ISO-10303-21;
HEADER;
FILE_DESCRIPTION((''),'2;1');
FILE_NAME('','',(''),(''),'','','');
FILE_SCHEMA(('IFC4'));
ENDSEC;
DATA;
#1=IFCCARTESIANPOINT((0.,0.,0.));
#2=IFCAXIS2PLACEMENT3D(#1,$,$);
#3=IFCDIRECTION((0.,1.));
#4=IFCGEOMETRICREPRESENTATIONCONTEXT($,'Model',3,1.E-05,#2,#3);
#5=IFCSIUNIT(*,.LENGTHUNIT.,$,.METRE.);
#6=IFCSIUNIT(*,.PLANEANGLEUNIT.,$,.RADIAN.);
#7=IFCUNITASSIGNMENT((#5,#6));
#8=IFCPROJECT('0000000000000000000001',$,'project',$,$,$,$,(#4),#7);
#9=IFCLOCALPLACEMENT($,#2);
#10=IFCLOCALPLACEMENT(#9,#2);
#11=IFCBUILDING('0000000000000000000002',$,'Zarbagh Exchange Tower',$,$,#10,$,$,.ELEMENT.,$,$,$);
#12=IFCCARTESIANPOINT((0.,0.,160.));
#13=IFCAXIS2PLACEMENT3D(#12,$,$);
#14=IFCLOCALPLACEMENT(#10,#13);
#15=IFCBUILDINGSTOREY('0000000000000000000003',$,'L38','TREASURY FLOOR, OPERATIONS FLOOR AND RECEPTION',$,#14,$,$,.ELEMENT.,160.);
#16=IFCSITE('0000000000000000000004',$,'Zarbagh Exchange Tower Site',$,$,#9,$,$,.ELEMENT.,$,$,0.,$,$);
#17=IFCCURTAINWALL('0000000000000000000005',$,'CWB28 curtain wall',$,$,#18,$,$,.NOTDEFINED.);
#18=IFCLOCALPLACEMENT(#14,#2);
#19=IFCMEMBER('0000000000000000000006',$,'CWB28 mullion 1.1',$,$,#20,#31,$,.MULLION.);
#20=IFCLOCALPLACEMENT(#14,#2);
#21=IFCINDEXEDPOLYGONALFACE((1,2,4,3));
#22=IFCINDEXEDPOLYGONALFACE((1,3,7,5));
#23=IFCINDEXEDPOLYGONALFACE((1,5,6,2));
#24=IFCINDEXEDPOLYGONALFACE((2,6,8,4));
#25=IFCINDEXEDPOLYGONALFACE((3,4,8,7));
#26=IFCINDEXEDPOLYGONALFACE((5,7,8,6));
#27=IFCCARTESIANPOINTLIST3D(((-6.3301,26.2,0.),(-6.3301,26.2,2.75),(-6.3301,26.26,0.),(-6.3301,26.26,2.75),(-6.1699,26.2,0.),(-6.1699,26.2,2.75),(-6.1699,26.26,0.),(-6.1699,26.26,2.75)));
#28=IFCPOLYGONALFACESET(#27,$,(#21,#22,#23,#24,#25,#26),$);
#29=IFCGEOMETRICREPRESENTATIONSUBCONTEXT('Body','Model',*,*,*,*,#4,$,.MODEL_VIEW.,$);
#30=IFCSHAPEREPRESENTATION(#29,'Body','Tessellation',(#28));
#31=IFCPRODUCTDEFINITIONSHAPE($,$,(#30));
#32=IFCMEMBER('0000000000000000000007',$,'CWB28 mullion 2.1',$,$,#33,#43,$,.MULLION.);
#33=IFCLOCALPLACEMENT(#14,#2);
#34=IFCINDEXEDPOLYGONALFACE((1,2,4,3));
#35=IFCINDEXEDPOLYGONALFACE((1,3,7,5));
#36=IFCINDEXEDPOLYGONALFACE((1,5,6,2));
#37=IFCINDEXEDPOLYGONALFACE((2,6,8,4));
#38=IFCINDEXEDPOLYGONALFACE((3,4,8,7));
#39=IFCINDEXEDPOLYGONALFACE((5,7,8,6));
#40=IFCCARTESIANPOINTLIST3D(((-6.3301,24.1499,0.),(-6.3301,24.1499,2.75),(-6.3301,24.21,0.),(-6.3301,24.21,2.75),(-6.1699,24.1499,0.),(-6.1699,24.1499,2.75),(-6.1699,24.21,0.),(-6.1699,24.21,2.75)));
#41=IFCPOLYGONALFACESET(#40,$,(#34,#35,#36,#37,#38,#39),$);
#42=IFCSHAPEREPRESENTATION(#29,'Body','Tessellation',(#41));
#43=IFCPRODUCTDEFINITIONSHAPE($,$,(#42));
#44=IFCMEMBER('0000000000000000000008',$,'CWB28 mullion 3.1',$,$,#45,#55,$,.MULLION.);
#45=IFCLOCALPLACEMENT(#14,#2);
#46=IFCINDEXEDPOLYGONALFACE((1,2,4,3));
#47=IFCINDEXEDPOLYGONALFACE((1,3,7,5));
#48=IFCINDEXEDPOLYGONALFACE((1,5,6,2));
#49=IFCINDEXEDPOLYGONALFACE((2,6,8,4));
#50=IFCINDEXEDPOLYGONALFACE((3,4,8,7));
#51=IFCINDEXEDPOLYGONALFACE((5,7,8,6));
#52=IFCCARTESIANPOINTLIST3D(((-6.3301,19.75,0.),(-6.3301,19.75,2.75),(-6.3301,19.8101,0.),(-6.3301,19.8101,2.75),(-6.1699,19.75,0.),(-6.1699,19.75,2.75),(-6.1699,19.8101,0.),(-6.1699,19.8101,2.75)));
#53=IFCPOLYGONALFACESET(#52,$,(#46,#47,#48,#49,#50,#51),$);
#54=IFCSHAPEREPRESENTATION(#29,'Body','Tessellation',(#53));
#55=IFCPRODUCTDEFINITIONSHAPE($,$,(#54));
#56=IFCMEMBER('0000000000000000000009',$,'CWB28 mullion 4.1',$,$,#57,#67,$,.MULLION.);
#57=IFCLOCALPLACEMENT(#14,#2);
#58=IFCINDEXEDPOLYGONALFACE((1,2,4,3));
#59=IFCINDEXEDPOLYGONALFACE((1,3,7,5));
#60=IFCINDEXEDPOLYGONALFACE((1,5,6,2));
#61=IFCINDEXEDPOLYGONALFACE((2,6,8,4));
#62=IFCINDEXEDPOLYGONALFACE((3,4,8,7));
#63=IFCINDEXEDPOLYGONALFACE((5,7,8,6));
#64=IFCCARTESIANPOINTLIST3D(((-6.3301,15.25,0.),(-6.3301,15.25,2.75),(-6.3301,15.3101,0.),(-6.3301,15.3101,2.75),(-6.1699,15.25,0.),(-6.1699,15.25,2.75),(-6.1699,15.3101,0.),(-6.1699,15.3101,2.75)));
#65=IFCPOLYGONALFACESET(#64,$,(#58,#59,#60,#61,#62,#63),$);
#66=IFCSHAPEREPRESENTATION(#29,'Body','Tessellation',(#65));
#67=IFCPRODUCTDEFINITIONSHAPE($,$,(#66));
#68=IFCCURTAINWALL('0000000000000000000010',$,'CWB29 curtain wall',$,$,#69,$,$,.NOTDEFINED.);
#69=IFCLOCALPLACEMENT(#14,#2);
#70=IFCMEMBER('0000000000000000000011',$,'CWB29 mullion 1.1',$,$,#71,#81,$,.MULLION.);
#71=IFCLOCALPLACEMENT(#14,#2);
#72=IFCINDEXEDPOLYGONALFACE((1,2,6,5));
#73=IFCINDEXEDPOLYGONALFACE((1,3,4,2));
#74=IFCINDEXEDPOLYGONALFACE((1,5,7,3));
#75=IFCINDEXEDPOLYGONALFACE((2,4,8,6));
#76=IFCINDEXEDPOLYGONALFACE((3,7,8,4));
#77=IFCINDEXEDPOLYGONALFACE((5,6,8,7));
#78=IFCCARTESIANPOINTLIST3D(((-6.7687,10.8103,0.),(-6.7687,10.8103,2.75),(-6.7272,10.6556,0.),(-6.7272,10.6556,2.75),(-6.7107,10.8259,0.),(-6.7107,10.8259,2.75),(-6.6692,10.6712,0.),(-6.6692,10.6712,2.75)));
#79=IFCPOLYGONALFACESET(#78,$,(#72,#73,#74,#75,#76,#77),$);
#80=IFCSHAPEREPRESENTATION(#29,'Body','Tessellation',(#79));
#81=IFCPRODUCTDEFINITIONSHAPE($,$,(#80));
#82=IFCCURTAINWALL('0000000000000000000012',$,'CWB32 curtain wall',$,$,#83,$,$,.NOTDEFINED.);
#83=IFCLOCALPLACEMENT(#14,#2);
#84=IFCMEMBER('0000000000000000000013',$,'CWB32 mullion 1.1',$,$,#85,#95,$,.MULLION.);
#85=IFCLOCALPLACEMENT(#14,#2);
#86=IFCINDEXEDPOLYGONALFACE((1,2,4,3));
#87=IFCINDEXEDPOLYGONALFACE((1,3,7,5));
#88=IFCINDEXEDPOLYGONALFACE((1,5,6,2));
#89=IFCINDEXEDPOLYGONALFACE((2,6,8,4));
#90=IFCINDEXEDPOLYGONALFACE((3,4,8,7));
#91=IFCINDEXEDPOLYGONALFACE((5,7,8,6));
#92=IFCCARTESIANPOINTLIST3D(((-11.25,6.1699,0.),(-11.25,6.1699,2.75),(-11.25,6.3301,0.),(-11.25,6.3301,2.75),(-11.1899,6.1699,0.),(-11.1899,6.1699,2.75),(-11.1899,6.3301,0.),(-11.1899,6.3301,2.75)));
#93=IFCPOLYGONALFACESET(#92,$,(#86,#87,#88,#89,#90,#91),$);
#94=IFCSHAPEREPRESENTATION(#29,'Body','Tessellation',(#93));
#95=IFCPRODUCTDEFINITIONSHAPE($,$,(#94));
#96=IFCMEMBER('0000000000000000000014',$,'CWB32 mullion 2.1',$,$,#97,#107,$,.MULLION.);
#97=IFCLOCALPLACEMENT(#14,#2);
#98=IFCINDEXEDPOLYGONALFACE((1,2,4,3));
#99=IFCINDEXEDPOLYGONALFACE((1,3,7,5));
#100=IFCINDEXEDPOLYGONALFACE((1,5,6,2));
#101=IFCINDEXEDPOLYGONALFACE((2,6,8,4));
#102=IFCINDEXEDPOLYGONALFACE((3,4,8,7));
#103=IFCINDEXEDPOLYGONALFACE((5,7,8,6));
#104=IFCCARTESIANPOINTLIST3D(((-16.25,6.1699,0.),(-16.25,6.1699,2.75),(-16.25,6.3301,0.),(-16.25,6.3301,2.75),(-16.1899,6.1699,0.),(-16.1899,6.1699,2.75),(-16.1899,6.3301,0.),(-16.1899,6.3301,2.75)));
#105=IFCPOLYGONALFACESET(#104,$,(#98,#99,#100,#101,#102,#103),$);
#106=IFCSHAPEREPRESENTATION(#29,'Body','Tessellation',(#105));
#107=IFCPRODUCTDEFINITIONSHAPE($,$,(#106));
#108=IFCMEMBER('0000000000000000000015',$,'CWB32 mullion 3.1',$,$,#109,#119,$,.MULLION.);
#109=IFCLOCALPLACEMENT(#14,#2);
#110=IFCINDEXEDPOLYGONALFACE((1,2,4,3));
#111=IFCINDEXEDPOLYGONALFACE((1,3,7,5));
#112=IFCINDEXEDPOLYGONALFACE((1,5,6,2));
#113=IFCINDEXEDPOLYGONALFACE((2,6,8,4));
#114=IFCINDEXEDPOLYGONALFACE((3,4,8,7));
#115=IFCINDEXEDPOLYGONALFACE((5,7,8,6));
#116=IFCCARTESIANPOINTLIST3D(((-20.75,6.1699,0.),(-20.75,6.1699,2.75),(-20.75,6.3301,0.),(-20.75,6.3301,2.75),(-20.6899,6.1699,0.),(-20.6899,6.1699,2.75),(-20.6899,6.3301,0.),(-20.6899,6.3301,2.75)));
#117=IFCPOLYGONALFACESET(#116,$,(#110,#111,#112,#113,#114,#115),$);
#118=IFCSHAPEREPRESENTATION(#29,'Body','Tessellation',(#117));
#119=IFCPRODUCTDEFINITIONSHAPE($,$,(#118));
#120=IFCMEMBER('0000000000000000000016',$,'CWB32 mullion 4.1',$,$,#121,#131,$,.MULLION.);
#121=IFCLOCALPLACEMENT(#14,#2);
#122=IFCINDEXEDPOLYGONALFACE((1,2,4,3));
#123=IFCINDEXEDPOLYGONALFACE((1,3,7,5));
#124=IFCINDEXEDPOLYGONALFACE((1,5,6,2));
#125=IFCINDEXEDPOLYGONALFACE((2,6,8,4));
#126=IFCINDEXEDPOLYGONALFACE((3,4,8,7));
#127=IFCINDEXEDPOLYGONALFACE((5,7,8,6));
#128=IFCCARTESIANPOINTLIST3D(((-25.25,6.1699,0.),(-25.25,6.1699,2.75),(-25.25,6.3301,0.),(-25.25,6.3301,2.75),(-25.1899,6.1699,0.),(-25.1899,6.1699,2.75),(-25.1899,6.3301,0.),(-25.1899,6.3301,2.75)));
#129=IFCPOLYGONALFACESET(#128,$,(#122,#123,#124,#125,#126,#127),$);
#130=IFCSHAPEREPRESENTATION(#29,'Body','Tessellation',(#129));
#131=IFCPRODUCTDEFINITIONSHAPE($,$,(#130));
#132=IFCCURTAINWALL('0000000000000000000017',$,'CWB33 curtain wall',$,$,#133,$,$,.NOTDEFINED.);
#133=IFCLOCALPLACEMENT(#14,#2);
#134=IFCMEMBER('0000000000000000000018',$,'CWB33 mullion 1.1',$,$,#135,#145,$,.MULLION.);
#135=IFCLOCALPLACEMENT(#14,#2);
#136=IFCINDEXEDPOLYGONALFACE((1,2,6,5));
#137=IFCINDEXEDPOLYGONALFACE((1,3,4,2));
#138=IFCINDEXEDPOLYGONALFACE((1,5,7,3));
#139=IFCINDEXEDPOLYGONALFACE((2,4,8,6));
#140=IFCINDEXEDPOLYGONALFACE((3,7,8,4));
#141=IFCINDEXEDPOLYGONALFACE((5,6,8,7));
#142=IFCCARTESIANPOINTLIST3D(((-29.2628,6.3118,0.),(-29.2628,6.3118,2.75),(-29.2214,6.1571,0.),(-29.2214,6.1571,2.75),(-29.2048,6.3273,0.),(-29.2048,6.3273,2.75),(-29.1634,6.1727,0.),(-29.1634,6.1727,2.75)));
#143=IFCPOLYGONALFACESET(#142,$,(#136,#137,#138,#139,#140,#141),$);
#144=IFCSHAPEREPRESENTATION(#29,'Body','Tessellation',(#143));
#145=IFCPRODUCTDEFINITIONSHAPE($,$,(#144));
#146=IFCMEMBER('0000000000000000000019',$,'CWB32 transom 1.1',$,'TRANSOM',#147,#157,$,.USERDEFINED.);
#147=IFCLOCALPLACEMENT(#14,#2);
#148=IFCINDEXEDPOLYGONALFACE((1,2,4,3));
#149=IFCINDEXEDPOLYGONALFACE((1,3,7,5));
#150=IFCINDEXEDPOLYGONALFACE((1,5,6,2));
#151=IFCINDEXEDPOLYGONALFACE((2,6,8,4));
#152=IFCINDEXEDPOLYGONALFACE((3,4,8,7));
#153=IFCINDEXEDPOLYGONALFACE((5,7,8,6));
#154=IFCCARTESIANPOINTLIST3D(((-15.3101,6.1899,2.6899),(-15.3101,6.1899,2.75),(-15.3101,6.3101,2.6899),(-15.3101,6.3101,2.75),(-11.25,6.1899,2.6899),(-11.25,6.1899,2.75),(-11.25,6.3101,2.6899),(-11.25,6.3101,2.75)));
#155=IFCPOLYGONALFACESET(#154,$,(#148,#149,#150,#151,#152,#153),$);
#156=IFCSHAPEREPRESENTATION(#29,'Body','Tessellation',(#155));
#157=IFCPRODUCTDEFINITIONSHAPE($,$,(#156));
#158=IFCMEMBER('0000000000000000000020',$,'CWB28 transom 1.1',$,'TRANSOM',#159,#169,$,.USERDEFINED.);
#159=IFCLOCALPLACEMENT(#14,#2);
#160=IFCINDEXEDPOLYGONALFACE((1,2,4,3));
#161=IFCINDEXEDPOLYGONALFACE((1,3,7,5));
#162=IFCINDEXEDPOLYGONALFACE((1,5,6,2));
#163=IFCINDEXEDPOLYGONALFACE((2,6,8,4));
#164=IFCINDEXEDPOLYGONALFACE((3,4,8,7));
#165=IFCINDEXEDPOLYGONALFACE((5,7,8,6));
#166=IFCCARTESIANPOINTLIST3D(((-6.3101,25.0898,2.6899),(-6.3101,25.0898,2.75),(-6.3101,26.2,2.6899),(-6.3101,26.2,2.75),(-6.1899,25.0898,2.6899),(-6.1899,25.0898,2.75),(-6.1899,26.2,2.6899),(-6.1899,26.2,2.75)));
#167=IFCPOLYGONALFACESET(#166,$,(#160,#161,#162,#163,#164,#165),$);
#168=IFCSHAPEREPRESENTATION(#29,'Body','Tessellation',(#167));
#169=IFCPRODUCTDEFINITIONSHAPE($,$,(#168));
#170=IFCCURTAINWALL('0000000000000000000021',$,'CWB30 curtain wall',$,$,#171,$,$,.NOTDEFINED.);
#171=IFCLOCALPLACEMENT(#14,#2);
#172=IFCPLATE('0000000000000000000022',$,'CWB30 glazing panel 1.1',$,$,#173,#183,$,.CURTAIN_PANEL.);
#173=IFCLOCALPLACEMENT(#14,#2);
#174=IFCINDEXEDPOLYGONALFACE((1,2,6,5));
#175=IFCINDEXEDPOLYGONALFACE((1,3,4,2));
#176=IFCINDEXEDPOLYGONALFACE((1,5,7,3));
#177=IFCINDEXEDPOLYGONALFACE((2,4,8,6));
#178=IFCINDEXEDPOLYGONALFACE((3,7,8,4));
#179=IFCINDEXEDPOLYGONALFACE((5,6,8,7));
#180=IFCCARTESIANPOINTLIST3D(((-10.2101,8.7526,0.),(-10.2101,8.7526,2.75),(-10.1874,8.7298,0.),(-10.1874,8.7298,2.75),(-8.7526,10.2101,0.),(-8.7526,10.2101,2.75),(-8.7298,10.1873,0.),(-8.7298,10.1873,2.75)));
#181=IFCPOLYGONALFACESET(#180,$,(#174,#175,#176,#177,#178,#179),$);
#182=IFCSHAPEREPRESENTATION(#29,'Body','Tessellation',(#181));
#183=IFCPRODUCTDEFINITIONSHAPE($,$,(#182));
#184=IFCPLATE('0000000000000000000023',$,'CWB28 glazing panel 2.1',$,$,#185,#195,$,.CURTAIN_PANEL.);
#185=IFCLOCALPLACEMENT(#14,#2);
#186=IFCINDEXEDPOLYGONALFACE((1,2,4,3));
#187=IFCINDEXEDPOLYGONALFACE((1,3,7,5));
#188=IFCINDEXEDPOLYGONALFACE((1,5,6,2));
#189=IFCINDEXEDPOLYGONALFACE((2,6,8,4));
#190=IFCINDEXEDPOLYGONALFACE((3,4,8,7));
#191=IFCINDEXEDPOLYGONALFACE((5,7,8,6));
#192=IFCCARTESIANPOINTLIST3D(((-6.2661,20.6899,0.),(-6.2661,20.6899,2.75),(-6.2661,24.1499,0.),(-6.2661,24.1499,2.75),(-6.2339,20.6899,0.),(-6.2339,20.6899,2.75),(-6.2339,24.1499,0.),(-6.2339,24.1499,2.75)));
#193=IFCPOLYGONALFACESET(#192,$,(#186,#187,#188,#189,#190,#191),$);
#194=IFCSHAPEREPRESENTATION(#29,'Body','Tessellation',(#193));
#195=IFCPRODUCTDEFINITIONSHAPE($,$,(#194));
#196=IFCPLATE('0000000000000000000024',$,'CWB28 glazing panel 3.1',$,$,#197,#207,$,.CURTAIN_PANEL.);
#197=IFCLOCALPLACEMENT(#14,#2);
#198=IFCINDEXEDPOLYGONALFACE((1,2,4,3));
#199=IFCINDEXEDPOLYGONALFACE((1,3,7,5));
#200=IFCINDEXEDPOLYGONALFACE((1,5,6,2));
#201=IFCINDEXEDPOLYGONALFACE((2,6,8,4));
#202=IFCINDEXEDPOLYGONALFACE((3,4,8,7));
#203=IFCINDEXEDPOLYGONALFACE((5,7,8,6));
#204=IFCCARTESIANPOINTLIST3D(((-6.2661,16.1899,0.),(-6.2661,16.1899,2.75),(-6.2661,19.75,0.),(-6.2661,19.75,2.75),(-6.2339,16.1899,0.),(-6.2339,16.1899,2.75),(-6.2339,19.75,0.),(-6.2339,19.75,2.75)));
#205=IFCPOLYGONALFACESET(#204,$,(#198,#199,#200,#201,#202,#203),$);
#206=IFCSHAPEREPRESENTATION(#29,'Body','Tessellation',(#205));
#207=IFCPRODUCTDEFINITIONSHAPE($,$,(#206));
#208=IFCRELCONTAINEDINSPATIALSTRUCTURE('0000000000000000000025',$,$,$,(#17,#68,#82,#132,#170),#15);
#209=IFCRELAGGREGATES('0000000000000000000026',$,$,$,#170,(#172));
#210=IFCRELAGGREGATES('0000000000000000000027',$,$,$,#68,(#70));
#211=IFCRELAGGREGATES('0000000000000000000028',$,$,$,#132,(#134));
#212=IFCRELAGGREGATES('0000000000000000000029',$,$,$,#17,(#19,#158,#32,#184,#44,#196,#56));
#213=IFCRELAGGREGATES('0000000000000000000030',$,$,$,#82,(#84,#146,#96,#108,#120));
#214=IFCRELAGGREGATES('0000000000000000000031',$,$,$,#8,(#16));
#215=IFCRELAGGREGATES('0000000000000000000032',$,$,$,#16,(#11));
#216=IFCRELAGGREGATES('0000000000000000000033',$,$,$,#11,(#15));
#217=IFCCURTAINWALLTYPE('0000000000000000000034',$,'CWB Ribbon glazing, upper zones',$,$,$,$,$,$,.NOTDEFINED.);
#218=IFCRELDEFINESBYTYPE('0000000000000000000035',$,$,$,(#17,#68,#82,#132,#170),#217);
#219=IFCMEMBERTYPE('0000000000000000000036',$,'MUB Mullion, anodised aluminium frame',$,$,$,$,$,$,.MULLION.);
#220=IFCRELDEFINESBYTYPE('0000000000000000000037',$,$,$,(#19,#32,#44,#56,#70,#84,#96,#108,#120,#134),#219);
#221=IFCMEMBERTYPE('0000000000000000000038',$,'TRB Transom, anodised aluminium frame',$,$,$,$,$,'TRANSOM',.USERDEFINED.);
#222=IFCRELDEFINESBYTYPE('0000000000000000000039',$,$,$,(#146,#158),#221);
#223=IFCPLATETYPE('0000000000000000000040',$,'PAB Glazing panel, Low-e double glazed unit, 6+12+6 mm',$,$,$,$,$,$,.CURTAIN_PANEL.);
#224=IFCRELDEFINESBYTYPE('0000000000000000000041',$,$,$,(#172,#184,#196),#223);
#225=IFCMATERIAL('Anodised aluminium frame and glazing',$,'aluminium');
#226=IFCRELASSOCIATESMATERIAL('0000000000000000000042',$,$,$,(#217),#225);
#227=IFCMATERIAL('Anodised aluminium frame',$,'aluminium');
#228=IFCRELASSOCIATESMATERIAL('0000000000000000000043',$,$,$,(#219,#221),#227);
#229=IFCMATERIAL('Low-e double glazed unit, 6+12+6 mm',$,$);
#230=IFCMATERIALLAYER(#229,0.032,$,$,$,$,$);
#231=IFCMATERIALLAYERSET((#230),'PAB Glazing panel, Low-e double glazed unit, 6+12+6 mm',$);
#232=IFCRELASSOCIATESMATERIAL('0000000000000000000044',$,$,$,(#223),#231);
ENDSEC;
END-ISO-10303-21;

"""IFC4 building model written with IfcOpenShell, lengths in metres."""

from ifc_helpers import new_model, si_unit, direction, frame, origin, place, context, subcontext, project, spatial, polyline, outline, extrude, source, transform, mapped, material, layer, layer_set, type_object, element, aggregate, save


model = new_model("IFC4")

# Units and contexts
model_context = context("Model", 3, precision=1e-05, world=origin(), true_north=direction((0.0, 1.0)))
body_context = subcontext(model_context, "Body", "Model", "MODEL_VIEW")
ifc_project = project(units=[si_unit("LENGTHUNIT", "METRE"), si_unit("PLANEANGLEUNIT", "RADIAN")], contexts=[model_context])

# Site, building, storey
site_placement = place(None, origin())
site = spatial("IfcSite", under=ifc_project, at=site_placement, Name="Zarbagh Exchange Tower Site", CompositionType="ELEMENT", RefElevation=0.0)
building_placement = place(site_placement, origin())
building = spatial("IfcBuilding", under=site, at=building_placement, Name="Zarbagh Exchange Tower", CompositionType="ELEMENT")
storey_placement = place(building_placement, frame((0.0, 0.0, 160.0)))
storey = spatial("IfcBuildingStorey", under=building, at=storey_placement, Name="L38", Description="TREASURY FLOOR, OPERATIONS FLOOR AND RECEPTION", CompositionType="ELEMENT", Elevation=160.0)

# Curtain wall, members
ifc_material_1 = material(Name="Anodised aluminium frame and glazing", Category="aluminium")
curtain_wall_type = type_object("IfcCurtainWallType", Name="CWB Ribbon glazing, upper zones", PredefinedType="NOTDEFINED", material=ifc_material_1)
curtain_wall_1_placement = place(storey_placement, origin())
curtain_wall_1 = element("IfcCurtainWall", 1, at=curtain_wall_1_placement, inside=storey, type_object=curtain_wall_type, Name="CWB28 curtain wall", PredefinedType="NOTDEFINED")
ifc_material_2 = material(Name="Anodised aluminium frame", Category="aluminium")
member_type_1 = type_object("IfcMemberType", Name="MUB Mullion, anodised aluminium frame", PredefinedType="MULLION", material=ifc_material_2)
shared_shape_1 = source(origin(), body_context, "Body", "SweptSolid", [
    extrude(outline(polyline([(0.0, -0.0801), (0.0601, -0.0801), (0.0601, 0.0801), (0.0, 0.0801), (0.0, -0.0801)])), origin(), (0.0, 0.0, 1.0), 2.75),
])
placement = place(storey_placement, origin())
member_1 = element("IfcMember", 2, at=placement, type_object=member_type_1, Name="CWB28 mullion 1.1", PredefinedType="MULLION", context=body_context, shape_type="MappedRepresentation", body=[
    mapped(shared_shape_1, transform((-6.25, 26.26, 0.0), x_axis=(0.0, -1.0, 0.0), y_axis=(1.0, 0.0, 0.0), z_axis=(0.0, 0.0, 1.0))),
])
member_2 = element("IfcMember", 3, at=placement, type_object=member_type_1, Name="CWB28 mullion 2.1", PredefinedType="MULLION", context=body_context, shape_type="MappedRepresentation", body=[
    mapped(shared_shape_1, transform((-6.25, 24.21, 0.0), x_axis=(0.0, -1.0, 0.0), y_axis=(1.0, 0.0, 0.0), z_axis=(0.0, 0.0, 1.0))),
])
member_3 = element("IfcMember", 4, at=placement, type_object=member_type_1, Name="CWB28 mullion 3.1", PredefinedType="MULLION", context=body_context, shape_type="MappedRepresentation", body=[
    mapped(shared_shape_1, transform((-6.25, 19.8101, 0.0), x_axis=(0.0, -1.0, 0.0), y_axis=(1.0, 0.0, 0.0), z_axis=(0.0, 0.0, 1.0))),
])
member_4 = element("IfcMember", 5, at=placement, type_object=member_type_1, Name="CWB28 mullion 4.1", PredefinedType="MULLION", context=body_context, shape_type="MappedRepresentation", body=[
    mapped(shared_shape_1, transform((-6.25, 15.3101, 0.0), x_axis=(0.0, -1.0, 0.0), y_axis=(1.0, 0.0, 0.0), z_axis=(0.0, 0.0, 1.0))),
])

# Curtain wall, member
curtain_wall_2_placement = place(storey_placement, origin())
curtain_wall_2 = element("IfcCurtainWall", 6, at=curtain_wall_2_placement, inside=storey, type_object=curtain_wall_type, Name="CWB29 curtain wall", PredefinedType="NOTDEFINED")
member_5 = element("IfcMember", 7, at=placement, type_object=member_type_1, Name="CWB29 mullion 1.1", PredefinedType="MULLION", context=body_context, shape_type="MappedRepresentation", body=[
    mapped(shared_shape_1, transform((-6.6899, 10.7485, 0.0), x_axis=(-0.965924, -0.258825, 0.0), y_axis=(0.258825, -0.965924, 0.0), z_axis=(0.0, 0.0, 1.0))),
])

# Curtain wall, members
curtain_wall_3_placement = place(storey_placement, origin())
curtain_wall_3 = element("IfcCurtainWall", 8, at=curtain_wall_3_placement, inside=storey, type_object=curtain_wall_type, Name="CWB32 curtain wall", PredefinedType="NOTDEFINED")
member_6 = element("IfcMember", 9, at=placement, type_object=member_type_1, Name="CWB32 mullion 1.1", PredefinedType="MULLION", context=body_context, shape_type="MappedRepresentation", body=[
    mapped(shared_shape_1, transform((-11.1899, 6.25, 0.0), x_axis=(-1.0, 0.0, 0.0), y_axis=(0.0, -1.0, 0.0), z_axis=(0.0, 0.0, 1.0))),
])
member_7 = element("IfcMember", 10, at=placement, type_object=member_type_1, Name="CWB32 mullion 2.1", PredefinedType="MULLION", context=body_context, shape_type="MappedRepresentation", body=[
    mapped(shared_shape_1, transform((-16.1899, 6.25, 0.0), x_axis=(-1.0, 0.0, 0.0), y_axis=(0.0, -1.0, 0.0), z_axis=(0.0, 0.0, 1.0))),
])
member_8 = element("IfcMember", 11, at=placement, type_object=member_type_1, Name="CWB32 mullion 3.1", PredefinedType="MULLION", context=body_context, shape_type="MappedRepresentation", body=[
    mapped(shared_shape_1, transform((-20.6899, 6.25, 0.0), x_axis=(-1.0, 0.0, 0.0), y_axis=(0.0, -1.0, 0.0), z_axis=(0.0, 0.0, 1.0))),
])
member_9 = element("IfcMember", 12, at=placement, type_object=member_type_1, Name="CWB32 mullion 4.1", PredefinedType="MULLION", context=body_context, shape_type="MappedRepresentation", body=[
    mapped(shared_shape_1, transform((-25.1899, 6.25, 0.0), x_axis=(-1.0, 0.0, 0.0), y_axis=(0.0, -1.0, 0.0), z_axis=(0.0, 0.0, 1.0))),
])

# Curtain wall, member
curtain_wall_4_placement = place(storey_placement, origin())
curtain_wall_4 = element("IfcCurtainWall", 13, at=curtain_wall_4_placement, inside=storey, type_object=curtain_wall_type, Name="CWB33 curtain wall", PredefinedType="NOTDEFINED")
member_10 = element("IfcMember", 14, at=placement, type_object=member_type_1, Name="CWB33 mullion 1.1", PredefinedType="MULLION", context=body_context, shape_type="MappedRepresentation", body=[
    mapped(shared_shape_1, transform((-29.1841, 6.25, 0.0), x_axis=(-0.965924, -0.258825, 0.0), y_axis=(0.258825, -0.965924, 0.0), z_axis=(0.0, 0.0, 1.0))),
])

# Members
member_type_2 = type_object("IfcMemberType", Name="TRB Transom, anodised aluminium frame", ElementType="TRANSOM", PredefinedType="USERDEFINED", material=ifc_material_2)
shared_shape_2 = source(origin(), body_context, "Body", "SweptSolid", [
    extrude(outline(polyline([(-0.0601, -0.0601), (0.0, -0.0601), (0.0, 0.0601), (-0.0601, 0.0601), (-0.0601, -0.0601)])), origin(), (0.0, 0.0, 1.0), 4.0601),
])
member_11 = element("IfcMember", 15, at=placement, type_object=member_type_2, Name="CWB32 transom 1.1", ObjectType="TRANSOM", PredefinedType="USERDEFINED", context=body_context, shape_type="MappedRepresentation", body=[
    mapped(shared_shape_2, transform((-11.25, 6.25, 2.75), x_axis=(0.0, 0.0, 1.0), y_axis=(0.0, 1.0, 0.0), z_axis=(-1.0, 0.0, 0.0))),
])
shared_shape_3 = source(origin(), body_context, "Body", "SweptSolid", [
    extrude(outline(polyline([(-0.0601, -0.0601), (0.0, -0.0601), (0.0, 0.0601), (-0.0601, 0.0601), (-0.0601, -0.0601)])), origin(), (0.0, 0.0, 1.0), 1.1101),
])
member_12 = element("IfcMember", 16, at=placement, type_object=member_type_2, Name="CWB28 transom 1.1", ObjectType="TRANSOM", PredefinedType="USERDEFINED", context=body_context, shape_type="MappedRepresentation", body=[
    mapped(shared_shape_3, transform((-6.25, 26.2, 2.75), x_axis=(0.0, 0.0, 1.0), y_axis=(-1.0, 0.0, 0.0), z_axis=(0.0, -1.0, 0.0))),
])

# Curtain wall, plate
curtain_wall_5_placement = place(storey_placement, origin())
curtain_wall_5 = element("IfcCurtainWall", 17, at=curtain_wall_5_placement, inside=storey, type_object=curtain_wall_type, Name="CWB30 curtain wall", PredefinedType="NOTDEFINED")
ifc_material_3 = material(Name="Low-e double glazed unit, 6+12+6 mm")
ifc_layer = layer(ifc_material_3, 0.032)
ifc_layer_set = layer_set([ifc_layer], Name="PAB Glazing panel, Low-e double glazed unit, 6+12+6 mm")
plate_type = type_object("IfcPlateType", Name="PAB Glazing panel, Low-e double glazed unit, 6+12+6 mm", PredefinedType="CURTAIN_PANEL", material=ifc_layer_set)
shared_shape_4 = source(origin(), body_context, "Body", "SweptSolid", [
    extrude(outline(polyline([(0.0, -0.0161), (2.0613, -0.0161), (2.0613, 0.0161), (0.0, 0.0161), (0.0, -0.0161)])), origin(), (0.0, 0.0, 1.0), 2.75),
])
plate_1 = element("IfcPlate", 18, at=placement, type_object=plate_type, Name="CWB30 glazing panel 1.1", PredefinedType="CURTAIN_PANEL", context=body_context, shape_type="MappedRepresentation", body=[
    mapped(shared_shape_4, transform((-8.7412, 10.1987, 0.0), x_axis=(-0.707107, -0.707107, 0.0), y_axis=(0.707107, -0.707107, 0.0), z_axis=(0.0, 0.0, 1.0))),
])
aggregate(curtain_wall_5, [plate_1])

# Plates
shared_shape_5 = source(origin(), body_context, "Body", "SweptSolid", [
    extrude(outline(polyline([(0.0, -0.0161), (3.46, -0.0161), (3.46, 0.0161), (0.0, 0.0161), (0.0, -0.0161)])), origin(), (0.0, 0.0, 1.0), 2.75),
])
plate_2 = element("IfcPlate", 19, at=placement, type_object=plate_type, Name="CWB28 glazing panel 2.1", PredefinedType="CURTAIN_PANEL", context=body_context, shape_type="MappedRepresentation", body=[
    mapped(shared_shape_5, transform((-6.25, 24.1499, 0.0), x_axis=(0.0, -1.0, 0.0), y_axis=(1.0, 0.0, 0.0), z_axis=(0.0, 0.0, 1.0))),
])
shared_shape_6 = source(origin(), body_context, "Body", "SweptSolid", [
    extrude(outline(polyline([(0.0, -0.0161), (3.5601, -0.0161), (3.5601, 0.0161), (0.0, 0.0161), (0.0, -0.0161)])), origin(), (0.0, 0.0, 1.0), 2.75),
])
plate_3 = element("IfcPlate", 20, at=placement, type_object=plate_type, Name="CWB28 glazing panel 3.1", PredefinedType="CURTAIN_PANEL", context=body_context, shape_type="MappedRepresentation", body=[
    mapped(shared_shape_6, transform((-6.25, 19.75, 0.0), x_axis=(0.0, -1.0, 0.0), y_axis=(1.0, 0.0, 0.0), z_axis=(0.0, 0.0, 1.0))),
])
aggregate(curtain_wall_2, [member_5])

aggregate(curtain_wall_4, [member_10])
aggregate(curtain_wall_1, [member_1, member_12, member_2, plate_2, member_3, plate_3, member_4])
aggregate(curtain_wall_3, [member_6, member_11, member_7, member_8, member_9])

save(model, "model.ifc")
